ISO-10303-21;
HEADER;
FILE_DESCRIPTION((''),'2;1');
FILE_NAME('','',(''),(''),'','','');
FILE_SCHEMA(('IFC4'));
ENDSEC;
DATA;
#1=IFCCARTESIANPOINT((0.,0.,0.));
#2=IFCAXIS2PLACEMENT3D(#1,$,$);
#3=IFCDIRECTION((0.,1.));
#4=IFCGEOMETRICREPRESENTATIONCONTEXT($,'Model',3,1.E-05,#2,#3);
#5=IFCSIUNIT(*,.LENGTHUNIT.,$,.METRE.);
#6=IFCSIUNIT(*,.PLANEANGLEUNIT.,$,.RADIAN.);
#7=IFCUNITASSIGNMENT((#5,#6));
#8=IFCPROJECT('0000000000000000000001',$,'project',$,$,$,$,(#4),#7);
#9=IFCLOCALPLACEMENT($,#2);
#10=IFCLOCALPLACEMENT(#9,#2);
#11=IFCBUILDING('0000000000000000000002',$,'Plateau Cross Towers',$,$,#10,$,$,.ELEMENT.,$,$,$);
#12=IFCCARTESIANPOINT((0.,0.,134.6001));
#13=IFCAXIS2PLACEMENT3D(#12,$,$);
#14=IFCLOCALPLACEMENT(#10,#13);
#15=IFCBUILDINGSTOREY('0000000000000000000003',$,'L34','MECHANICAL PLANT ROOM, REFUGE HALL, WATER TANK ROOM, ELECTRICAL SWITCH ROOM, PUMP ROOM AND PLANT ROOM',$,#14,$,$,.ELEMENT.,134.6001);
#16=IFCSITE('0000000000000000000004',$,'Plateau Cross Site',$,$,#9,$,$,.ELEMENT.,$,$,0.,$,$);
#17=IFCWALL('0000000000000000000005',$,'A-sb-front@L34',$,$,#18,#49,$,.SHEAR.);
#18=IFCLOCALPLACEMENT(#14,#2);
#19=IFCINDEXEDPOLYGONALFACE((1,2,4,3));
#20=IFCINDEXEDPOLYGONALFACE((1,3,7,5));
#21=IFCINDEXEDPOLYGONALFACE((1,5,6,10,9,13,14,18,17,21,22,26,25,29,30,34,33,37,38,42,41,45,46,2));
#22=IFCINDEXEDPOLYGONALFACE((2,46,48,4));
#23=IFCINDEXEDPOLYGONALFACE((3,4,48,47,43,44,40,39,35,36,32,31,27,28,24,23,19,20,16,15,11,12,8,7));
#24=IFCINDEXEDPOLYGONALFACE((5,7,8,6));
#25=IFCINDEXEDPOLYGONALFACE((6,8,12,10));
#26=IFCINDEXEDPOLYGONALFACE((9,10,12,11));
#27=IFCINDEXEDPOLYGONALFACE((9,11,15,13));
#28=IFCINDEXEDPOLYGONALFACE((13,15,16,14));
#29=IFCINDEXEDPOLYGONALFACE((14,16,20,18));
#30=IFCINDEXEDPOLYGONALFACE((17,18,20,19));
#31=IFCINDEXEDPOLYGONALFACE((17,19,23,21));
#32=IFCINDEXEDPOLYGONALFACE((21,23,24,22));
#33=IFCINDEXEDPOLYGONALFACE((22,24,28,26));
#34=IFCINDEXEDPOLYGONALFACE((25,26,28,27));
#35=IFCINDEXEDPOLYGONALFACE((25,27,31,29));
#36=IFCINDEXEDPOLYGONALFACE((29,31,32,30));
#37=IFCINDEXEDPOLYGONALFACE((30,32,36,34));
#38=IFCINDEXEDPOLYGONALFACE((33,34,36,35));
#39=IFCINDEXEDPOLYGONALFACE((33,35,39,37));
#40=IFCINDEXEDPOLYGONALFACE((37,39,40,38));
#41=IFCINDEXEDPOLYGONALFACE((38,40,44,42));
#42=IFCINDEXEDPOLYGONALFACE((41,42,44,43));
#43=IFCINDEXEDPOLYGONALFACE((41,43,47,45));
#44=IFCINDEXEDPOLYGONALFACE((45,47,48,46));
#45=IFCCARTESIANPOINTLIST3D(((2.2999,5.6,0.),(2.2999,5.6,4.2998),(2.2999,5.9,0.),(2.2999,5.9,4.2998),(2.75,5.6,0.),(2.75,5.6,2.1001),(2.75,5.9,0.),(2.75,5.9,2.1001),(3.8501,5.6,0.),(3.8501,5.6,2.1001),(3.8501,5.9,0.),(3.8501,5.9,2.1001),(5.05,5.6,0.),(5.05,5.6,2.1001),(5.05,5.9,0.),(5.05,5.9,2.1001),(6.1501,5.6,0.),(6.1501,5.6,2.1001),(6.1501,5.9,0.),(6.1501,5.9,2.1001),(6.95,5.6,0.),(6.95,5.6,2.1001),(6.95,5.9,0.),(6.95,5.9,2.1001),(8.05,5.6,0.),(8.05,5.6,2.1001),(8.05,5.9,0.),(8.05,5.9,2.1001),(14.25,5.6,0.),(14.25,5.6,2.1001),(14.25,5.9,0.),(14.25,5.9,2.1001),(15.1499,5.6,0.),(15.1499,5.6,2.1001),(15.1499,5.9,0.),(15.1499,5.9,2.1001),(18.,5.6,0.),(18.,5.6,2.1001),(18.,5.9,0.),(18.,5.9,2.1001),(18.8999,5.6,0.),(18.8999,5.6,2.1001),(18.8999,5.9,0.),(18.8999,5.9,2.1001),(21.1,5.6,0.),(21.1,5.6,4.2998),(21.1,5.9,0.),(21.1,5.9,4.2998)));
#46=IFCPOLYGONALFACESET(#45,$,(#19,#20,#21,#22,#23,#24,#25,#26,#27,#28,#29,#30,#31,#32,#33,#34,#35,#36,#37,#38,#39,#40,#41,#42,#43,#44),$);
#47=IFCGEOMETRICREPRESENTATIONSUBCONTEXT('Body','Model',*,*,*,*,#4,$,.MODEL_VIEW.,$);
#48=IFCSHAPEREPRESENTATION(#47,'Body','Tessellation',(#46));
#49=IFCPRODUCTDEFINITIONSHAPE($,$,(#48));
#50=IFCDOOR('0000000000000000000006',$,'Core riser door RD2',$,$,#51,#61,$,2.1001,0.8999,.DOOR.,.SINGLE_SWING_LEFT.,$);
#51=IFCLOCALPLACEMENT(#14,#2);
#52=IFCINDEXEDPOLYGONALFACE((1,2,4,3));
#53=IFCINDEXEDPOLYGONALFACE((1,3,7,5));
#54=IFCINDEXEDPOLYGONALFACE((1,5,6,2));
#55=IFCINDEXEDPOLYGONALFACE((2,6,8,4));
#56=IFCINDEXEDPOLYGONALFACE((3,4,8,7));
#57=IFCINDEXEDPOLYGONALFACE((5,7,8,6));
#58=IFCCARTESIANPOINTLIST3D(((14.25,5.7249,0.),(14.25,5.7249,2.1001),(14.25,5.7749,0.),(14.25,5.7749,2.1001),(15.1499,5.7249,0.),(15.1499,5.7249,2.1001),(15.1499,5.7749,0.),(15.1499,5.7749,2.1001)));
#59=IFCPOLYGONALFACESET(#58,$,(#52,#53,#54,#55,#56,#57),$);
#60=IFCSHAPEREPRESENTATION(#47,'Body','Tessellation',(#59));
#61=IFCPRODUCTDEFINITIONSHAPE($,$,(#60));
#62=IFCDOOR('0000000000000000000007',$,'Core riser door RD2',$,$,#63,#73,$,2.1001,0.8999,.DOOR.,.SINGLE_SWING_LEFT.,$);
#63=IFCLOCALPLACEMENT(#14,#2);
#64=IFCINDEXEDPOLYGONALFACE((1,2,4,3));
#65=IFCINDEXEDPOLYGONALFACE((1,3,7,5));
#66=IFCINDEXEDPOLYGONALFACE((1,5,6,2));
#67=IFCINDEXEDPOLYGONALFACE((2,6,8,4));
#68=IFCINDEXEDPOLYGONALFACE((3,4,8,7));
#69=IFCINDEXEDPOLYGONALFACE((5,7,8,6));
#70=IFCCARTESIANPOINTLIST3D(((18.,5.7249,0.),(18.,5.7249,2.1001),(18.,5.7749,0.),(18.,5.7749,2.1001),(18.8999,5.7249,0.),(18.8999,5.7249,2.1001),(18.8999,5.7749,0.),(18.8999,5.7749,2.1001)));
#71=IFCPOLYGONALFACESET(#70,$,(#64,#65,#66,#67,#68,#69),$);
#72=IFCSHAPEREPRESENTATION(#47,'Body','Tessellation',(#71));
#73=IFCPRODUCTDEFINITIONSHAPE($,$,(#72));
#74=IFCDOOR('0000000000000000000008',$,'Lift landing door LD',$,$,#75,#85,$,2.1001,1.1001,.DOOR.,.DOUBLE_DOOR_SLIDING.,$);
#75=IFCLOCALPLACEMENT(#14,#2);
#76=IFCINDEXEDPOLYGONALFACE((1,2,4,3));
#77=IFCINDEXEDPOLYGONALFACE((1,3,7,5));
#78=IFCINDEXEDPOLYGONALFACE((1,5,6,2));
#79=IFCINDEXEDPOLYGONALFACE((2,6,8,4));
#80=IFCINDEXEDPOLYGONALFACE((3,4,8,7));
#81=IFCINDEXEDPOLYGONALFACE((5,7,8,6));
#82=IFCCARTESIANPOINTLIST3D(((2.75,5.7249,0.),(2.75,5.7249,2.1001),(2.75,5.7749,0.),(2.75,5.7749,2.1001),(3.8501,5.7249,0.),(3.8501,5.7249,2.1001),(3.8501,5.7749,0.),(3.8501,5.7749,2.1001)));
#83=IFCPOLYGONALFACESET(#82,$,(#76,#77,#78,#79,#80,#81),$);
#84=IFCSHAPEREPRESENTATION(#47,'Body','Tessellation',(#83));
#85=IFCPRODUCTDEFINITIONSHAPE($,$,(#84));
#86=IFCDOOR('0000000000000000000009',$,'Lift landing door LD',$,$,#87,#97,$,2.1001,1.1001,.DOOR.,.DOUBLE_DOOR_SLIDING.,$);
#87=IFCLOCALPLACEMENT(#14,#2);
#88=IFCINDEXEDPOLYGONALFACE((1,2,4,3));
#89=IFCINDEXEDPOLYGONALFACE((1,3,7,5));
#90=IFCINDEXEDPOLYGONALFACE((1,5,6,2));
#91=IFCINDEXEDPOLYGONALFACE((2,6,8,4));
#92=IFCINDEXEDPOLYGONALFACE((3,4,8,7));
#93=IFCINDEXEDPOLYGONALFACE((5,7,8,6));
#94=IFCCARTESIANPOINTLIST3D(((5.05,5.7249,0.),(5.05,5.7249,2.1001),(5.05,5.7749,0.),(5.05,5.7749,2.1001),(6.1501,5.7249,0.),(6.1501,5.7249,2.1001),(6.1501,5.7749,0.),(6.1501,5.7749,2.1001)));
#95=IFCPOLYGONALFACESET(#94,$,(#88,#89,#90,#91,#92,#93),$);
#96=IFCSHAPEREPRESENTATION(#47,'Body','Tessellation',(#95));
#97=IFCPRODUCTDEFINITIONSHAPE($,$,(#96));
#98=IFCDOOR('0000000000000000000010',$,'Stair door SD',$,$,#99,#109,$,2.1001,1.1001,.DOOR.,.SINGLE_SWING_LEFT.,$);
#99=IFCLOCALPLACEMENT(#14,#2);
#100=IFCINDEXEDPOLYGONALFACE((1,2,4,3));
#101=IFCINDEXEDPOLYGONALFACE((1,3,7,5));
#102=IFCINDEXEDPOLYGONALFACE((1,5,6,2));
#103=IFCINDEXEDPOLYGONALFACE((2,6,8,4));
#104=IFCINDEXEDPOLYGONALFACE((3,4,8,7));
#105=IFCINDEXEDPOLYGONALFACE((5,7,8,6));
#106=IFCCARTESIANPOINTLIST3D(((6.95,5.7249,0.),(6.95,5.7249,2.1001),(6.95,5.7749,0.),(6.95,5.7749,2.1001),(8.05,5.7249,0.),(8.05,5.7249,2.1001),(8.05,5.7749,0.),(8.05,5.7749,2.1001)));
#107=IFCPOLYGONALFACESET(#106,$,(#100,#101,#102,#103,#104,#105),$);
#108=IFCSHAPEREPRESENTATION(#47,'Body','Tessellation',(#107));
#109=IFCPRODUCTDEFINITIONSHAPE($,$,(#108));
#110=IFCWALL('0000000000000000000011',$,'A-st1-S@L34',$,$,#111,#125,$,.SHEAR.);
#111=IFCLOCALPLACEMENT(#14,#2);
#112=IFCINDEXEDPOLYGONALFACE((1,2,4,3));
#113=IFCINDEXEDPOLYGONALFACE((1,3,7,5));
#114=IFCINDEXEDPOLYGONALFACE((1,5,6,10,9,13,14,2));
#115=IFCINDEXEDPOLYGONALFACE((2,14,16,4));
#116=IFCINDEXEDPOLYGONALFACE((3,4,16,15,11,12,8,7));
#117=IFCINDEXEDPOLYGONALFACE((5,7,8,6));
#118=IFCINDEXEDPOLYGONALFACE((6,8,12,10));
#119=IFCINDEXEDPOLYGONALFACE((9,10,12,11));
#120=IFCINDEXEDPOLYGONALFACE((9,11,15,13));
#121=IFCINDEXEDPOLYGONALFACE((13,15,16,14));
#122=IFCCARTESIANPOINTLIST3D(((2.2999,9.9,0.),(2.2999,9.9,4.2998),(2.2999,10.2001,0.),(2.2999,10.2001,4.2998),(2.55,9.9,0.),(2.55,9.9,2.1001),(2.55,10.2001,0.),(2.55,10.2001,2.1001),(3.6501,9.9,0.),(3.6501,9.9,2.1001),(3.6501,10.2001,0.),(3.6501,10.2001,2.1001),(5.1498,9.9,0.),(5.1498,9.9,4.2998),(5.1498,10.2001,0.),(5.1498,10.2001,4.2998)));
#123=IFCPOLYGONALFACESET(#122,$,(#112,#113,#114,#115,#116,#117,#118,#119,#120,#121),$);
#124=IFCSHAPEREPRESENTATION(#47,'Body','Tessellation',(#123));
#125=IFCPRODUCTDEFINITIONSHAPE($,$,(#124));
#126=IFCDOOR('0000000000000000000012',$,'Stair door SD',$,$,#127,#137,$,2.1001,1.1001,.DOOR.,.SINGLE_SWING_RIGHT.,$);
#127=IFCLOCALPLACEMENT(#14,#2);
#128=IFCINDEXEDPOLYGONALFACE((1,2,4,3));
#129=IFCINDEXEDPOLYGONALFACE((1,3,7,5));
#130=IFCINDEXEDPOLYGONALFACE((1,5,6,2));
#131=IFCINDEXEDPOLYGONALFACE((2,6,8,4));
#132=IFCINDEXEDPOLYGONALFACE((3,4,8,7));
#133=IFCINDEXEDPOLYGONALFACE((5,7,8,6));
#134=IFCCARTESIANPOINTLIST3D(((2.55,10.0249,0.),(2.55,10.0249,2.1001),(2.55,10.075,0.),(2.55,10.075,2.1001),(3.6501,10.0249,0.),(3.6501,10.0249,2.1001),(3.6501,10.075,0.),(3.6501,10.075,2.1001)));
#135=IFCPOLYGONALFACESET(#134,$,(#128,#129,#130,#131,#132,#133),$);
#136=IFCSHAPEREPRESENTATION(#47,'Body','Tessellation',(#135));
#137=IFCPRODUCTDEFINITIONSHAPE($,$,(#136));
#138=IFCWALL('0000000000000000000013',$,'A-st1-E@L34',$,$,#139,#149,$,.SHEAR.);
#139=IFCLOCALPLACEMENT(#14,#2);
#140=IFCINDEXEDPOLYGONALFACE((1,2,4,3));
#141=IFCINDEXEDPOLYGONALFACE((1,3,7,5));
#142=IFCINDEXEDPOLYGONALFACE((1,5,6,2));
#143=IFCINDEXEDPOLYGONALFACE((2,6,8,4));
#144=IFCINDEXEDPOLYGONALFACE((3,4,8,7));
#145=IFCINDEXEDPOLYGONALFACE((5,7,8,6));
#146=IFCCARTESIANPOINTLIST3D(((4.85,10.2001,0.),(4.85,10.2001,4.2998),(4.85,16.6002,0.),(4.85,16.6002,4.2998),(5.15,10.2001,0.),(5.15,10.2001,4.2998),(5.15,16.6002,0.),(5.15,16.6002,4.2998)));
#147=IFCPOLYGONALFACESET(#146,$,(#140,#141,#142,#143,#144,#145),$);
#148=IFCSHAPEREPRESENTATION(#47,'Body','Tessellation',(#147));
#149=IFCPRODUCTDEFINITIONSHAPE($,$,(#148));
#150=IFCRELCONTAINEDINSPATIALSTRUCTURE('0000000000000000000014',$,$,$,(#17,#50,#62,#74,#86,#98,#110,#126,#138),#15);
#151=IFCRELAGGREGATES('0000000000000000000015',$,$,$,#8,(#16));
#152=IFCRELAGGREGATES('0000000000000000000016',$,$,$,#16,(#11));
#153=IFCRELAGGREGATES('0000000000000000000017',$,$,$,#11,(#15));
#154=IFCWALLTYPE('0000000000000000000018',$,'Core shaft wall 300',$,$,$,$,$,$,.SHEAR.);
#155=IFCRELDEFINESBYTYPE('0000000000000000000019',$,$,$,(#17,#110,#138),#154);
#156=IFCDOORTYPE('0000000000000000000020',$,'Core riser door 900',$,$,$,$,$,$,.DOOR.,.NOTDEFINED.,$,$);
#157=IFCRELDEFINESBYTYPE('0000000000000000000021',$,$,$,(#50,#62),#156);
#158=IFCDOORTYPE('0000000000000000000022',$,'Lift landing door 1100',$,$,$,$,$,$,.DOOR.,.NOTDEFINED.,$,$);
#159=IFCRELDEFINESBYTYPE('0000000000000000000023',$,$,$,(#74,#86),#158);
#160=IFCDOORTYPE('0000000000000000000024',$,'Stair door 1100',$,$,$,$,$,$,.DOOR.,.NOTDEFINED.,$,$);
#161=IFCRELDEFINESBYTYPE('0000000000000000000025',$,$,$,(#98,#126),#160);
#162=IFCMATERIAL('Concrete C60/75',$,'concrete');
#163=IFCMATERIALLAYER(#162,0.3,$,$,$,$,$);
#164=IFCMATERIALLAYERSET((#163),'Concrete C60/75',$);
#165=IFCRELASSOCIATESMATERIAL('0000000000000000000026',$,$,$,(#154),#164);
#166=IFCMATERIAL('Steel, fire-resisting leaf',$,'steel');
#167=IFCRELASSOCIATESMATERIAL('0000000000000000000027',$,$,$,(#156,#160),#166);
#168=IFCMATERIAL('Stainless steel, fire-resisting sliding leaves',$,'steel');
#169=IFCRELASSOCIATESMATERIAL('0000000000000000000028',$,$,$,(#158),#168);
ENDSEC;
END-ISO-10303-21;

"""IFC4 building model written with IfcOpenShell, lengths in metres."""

from ifc_helpers import new_model, si_unit, direction, frame, frame_2d, origin, place, context, subcontext, project, spatial, rectangle, extrude, material, layer, layer_set, type_object, element, fill, save


model = new_model("IFC4")

# Units and contexts
model_context = context("Model", 3, precision=1e-05, world=origin(), true_north=direction((0.0, 1.0)))
body_context = subcontext(model_context, "Body", "Model", "MODEL_VIEW")
ifc_project = project(units=[si_unit("LENGTHUNIT", "METRE"), si_unit("PLANEANGLEUNIT", "RADIAN")], contexts=[model_context])

# Site, building, storey
site_placement = place(None, origin())
site = spatial("IfcSite", under=ifc_project, at=site_placement, Name="Plateau Cross Site", CompositionType="ELEMENT", RefElevation=0.0)
building_placement = place(site_placement, origin())
building = spatial("IfcBuilding", under=site, at=building_placement, Name="Plateau Cross Towers", CompositionType="ELEMENT")
storey_placement = place(building_placement, frame((0.0, 0.0, 134.6001)))
storey = spatial("IfcBuildingStorey", under=building, at=storey_placement, Name="L34", Description="MECHANICAL PLANT ROOM, REFUGE HALL, WATER TANK ROOM, ELECTRICAL SWITCH ROOM, PUMP ROOM AND PLANT ROOM", CompositionType="ELEMENT", Elevation=134.6001)

# Wall, openings, doors
ifc_material_1 = material(Name="Concrete C60/75", Category="concrete")
ifc_layer_1 = layer(ifc_material_1, 0.3)
ifc_layer_set_1 = layer_set([ifc_layer_1], Name="Concrete C60/75")
wall_type = type_object("IfcWallType", Name="Core shaft wall 300", PredefinedType="SHEAR", material=ifc_layer_set_1)
wall_1_placement = place(storey_placement, frame((2.3, 5.75, 0.0), z_axis=(0.0, 0.0, 1.0), x_axis=(1.0, 0.0, 0.0)))
wall_1 = element("IfcWall", 1, at=wall_1_placement, inside=storey, type_object=wall_type, Name="A-sb-front@L34", PredefinedType="SHEAR", context=body_context, shape_type="SweptSolid", body=[
    extrude(rectangle(XDim=18.8, YDim=0.3, at=frame_2d((9.3999, 0.0))), origin(), (0.0, 0.0, 1.0), 4.2998),
])
opening_1_placement = place(wall_1_placement, frame((4.6499, 0.0, 0.0)))
opening_1 = element("IfcOpeningElement", 2, at=opening_1_placement, cuts=wall_1, PredefinedType="OPENING", context=body_context, shape_type="SweptSolid", body=[
    extrude(rectangle(XDim=1.1001, YDim=2.1001, at=frame_2d((0.55, 1.05))), frame((0.0, 0.1599, 0.0), z_axis=(0.0, -1.0, 0.0), x_axis=(1.0, 0.0, 0.0)), (0.0, 0.0, 1.0), 0.3201),
])
opening_2_placement = place(wall_1_placement, frame((0.45, 0.0, 0.0)))
opening_2 = element("IfcOpeningElement", 3, at=opening_2_placement, cuts=wall_1, PredefinedType="OPENING", context=body_context, shape_type="SweptSolid", body=[
    extrude(rectangle(XDim=1.1001, YDim=2.1001, at=frame_2d((0.55, 1.05))), frame((0.0, 0.1599, 0.0), z_axis=(0.0, -1.0, 0.0), x_axis=(1.0, 0.0, 0.0)), (0.0, 0.0, 1.0), 0.3201),
])
opening_3_placement = place(wall_1_placement, frame((2.75, 0.0, 0.0)))
opening_3 = element("IfcOpeningElement", 4, at=opening_3_placement, cuts=wall_1, PredefinedType="OPENING", context=body_context, shape_type="SweptSolid", body=[
    extrude(rectangle(XDim=1.1001, YDim=2.1001, at=frame_2d((0.55, 1.05))), frame((0.0, 0.1599, 0.0), z_axis=(0.0, -1.0, 0.0), x_axis=(1.0, 0.0, 0.0)), (0.0, 0.0, 1.0), 0.3201),
])
opening_4_placement = place(wall_1_placement, frame((11.95, 0.0, 0.0)))
opening_4 = element("IfcOpeningElement", 5, at=opening_4_placement, cuts=wall_1, PredefinedType="OPENING", context=body_context, shape_type="SweptSolid", body=[
    extrude(rectangle(XDim=0.8999, YDim=2.1001, at=frame_2d((0.45, 1.05))), frame((0.0, 0.1599, 0.0), z_axis=(0.0, -1.0, 0.0), x_axis=(1.0, 0.0, 0.0)), (0.0, 0.0, 1.0), 0.3201),
])
opening_5_placement = place(wall_1_placement, frame((15.7, 0.0, 0.0)))
opening_5 = element("IfcOpeningElement", 6, at=opening_5_placement, cuts=wall_1, PredefinedType="OPENING", context=body_context, shape_type="SweptSolid", body=[
    extrude(rectangle(XDim=0.8999, YDim=2.1001, at=frame_2d((0.45, 1.05))), frame((0.0, 0.1599, 0.0), z_axis=(0.0, -1.0, 0.0), x_axis=(1.0, 0.0, 0.0)), (0.0, 0.0, 1.0), 0.3201),
])
ifc_material_2 = material(Name="Steel, fire-resisting leaf", Category="steel")
door_type_1 = type_object("IfcDoorType", Name="Core riser door 900", OperationType="NOTDEFINED", PredefinedType="DOOR", material=ifc_material_2)
door_1_placement = place(opening_4_placement, origin())
door_1 = element("IfcDoor", 7, at=door_1_placement, inside=storey, type_object=door_type_1, Name="Core riser door RD2", OperationType="SINGLE_SWING_LEFT", OverallHeight=2.1001, OverallWidth=0.8999, PredefinedType="DOOR", context=body_context, shape_type="SweptSolid", body=[
    extrude(rectangle(XDim=0.8999, YDim=2.1001, at=frame_2d((0.45, 1.05))), frame((0.0, 0.0249, 0.0), z_axis=(0.0, -1.0, 0.0), x_axis=(1.0, 0.0, 0.0)), (0.0, 0.0, 1.0), 0.05),
])
fill(opening_4, door_1)
door_2_placement = place(opening_5_placement, origin())
door_2 = element("IfcDoor", 8, at=door_2_placement, inside=storey, type_object=door_type_1, Name="Core riser door RD2", OperationType="SINGLE_SWING_LEFT", OverallHeight=2.1001, OverallWidth=0.8999, PredefinedType="DOOR", context=body_context, shape_type="SweptSolid", body=[
    extrude(rectangle(XDim=0.8999, YDim=2.1001, at=frame_2d((0.45, 1.05))), frame((0.0, 0.0249, 0.0), z_axis=(0.0, -1.0, 0.0), x_axis=(1.0, 0.0, 0.0)), (0.0, 0.0, 1.0), 0.05),
])
fill(opening_5, door_2)
ifc_material_3 = material(Name="Stainless steel, fire-resisting sliding leaves", Category="steel")
door_type_2 = type_object("IfcDoorType", Name="Lift landing door 1100", OperationType="NOTDEFINED", PredefinedType="DOOR", material=ifc_material_3)
door_3_placement = place(opening_2_placement, origin())
door_3 = element("IfcDoor", 9, at=door_3_placement, inside=storey, type_object=door_type_2, Name="Lift landing door LD", OperationType="DOUBLE_DOOR_SLIDING", OverallHeight=2.1001, OverallWidth=1.1001, PredefinedType="DOOR", context=body_context, shape_type="SweptSolid", body=[
    extrude(rectangle(XDim=1.1001, YDim=2.1001, at=frame_2d((0.55, 1.05))), frame((0.0, 0.0249, 0.0), z_axis=(0.0, -1.0, 0.0), x_axis=(1.0, 0.0, 0.0)), (0.0, 0.0, 1.0), 0.05),
])
fill(opening_2, door_3)
door_4_placement = place(opening_3_placement, origin())
door_4 = element("IfcDoor", 10, at=door_4_placement, inside=storey, type_object=door_type_2, Name="Lift landing door LD", OperationType="DOUBLE_DOOR_SLIDING", OverallHeight=2.1001, OverallWidth=1.1001, PredefinedType="DOOR", context=body_context, shape_type="SweptSolid", body=[
    extrude(rectangle(XDim=1.1001, YDim=2.1001, at=frame_2d((0.55, 1.05))), frame((0.0, 0.0249, 0.0), z_axis=(0.0, -1.0, 0.0), x_axis=(1.0, 0.0, 0.0)), (0.0, 0.0, 1.0), 0.05),
])
fill(opening_3, door_4)
door_type_3 = type_object("IfcDoorType", Name="Stair door 1100", OperationType="NOTDEFINED", PredefinedType="DOOR", material=ifc_material_2)
door_5_placement = place(opening_1_placement, origin())
door_5 = element("IfcDoor", 11, at=door_5_placement, inside=storey, type_object=door_type_3, Name="Stair door SD", OperationType="SINGLE_SWING_LEFT", OverallHeight=2.1001, OverallWidth=1.1001, PredefinedType="DOOR", context=body_context, shape_type="SweptSolid", body=[
    extrude(rectangle(XDim=1.1001, YDim=2.1001, at=frame_2d((0.55, 1.05))), frame((0.0, 0.0249, 0.0), z_axis=(0.0, -1.0, 0.0), x_axis=(1.0, 0.0, 0.0)), (0.0, 0.0, 1.0), 0.05),
])
fill(opening_1, door_5)

# Wall, opening, door
wall_2_placement = place(storey_placement, frame((2.3, 10.05, 0.0), z_axis=(0.0, 0.0, 1.0), x_axis=(1.0, 0.0, 0.0)))
wall_2 = element("IfcWall", 12, at=wall_2_placement, inside=storey, type_object=wall_type, Name="A-st1-S@L34", PredefinedType="SHEAR", context=body_context, shape_type="SweptSolid", body=[
    extrude(rectangle(XDim=2.8499, YDim=0.3, at=frame_2d((1.4248, 0.0))), origin(), (0.0, 0.0, 1.0), 4.2998),
])
opening_6_placement = place(wall_2_placement, frame((0.25, 0.0, 0.0)))
opening_6 = element("IfcOpeningElement", 13, at=opening_6_placement, cuts=wall_2, PredefinedType="OPENING", context=body_context, shape_type="SweptSolid", body=[
    extrude(rectangle(XDim=1.1001, YDim=2.1001, at=frame_2d((0.55, 1.05))), frame((0.0, 0.1599, 0.0), z_axis=(0.0, -1.0, 0.0), x_axis=(1.0, 0.0, 0.0)), (0.0, 0.0, 1.0), 0.3201),
])
door_6_placement = place(opening_6_placement, origin())
door_6 = element("IfcDoor", 14, at=door_6_placement, inside=storey, type_object=door_type_3, Name="Stair door SD", OperationType="SINGLE_SWING_RIGHT", OverallHeight=2.1001, OverallWidth=1.1001, PredefinedType="DOOR", context=body_context, shape_type="SweptSolid", body=[
    extrude(rectangle(XDim=1.1001, YDim=2.1001, at=frame_2d((0.55, 1.05))), frame((0.0, 0.0249, 0.0), z_axis=(0.0, -1.0, 0.0), x_axis=(1.0, 0.0, 0.0)), (0.0, 0.0, 1.0), 0.05),
])
fill(opening_6, door_6)

# Wall
wall_3_placement = place(storey_placement, frame((5.0, 10.2, 0.0), z_axis=(0.0, 0.0, 1.0), x_axis=(0.0, 1.0, 0.0)))
element("IfcWall", 15, at=wall_3_placement, inside=storey, type_object=wall_type, Name="A-st1-E@L34", PredefinedType="SHEAR", context=body_context, shape_type="SweptSolid", body=[
    extrude(rectangle(XDim=6.4001, YDim=0.3, at=frame_2d((3.2002, 0.0))), origin(), (0.0, 0.0, 1.0), 4.2998),
])

save(model, "model.ifc")
